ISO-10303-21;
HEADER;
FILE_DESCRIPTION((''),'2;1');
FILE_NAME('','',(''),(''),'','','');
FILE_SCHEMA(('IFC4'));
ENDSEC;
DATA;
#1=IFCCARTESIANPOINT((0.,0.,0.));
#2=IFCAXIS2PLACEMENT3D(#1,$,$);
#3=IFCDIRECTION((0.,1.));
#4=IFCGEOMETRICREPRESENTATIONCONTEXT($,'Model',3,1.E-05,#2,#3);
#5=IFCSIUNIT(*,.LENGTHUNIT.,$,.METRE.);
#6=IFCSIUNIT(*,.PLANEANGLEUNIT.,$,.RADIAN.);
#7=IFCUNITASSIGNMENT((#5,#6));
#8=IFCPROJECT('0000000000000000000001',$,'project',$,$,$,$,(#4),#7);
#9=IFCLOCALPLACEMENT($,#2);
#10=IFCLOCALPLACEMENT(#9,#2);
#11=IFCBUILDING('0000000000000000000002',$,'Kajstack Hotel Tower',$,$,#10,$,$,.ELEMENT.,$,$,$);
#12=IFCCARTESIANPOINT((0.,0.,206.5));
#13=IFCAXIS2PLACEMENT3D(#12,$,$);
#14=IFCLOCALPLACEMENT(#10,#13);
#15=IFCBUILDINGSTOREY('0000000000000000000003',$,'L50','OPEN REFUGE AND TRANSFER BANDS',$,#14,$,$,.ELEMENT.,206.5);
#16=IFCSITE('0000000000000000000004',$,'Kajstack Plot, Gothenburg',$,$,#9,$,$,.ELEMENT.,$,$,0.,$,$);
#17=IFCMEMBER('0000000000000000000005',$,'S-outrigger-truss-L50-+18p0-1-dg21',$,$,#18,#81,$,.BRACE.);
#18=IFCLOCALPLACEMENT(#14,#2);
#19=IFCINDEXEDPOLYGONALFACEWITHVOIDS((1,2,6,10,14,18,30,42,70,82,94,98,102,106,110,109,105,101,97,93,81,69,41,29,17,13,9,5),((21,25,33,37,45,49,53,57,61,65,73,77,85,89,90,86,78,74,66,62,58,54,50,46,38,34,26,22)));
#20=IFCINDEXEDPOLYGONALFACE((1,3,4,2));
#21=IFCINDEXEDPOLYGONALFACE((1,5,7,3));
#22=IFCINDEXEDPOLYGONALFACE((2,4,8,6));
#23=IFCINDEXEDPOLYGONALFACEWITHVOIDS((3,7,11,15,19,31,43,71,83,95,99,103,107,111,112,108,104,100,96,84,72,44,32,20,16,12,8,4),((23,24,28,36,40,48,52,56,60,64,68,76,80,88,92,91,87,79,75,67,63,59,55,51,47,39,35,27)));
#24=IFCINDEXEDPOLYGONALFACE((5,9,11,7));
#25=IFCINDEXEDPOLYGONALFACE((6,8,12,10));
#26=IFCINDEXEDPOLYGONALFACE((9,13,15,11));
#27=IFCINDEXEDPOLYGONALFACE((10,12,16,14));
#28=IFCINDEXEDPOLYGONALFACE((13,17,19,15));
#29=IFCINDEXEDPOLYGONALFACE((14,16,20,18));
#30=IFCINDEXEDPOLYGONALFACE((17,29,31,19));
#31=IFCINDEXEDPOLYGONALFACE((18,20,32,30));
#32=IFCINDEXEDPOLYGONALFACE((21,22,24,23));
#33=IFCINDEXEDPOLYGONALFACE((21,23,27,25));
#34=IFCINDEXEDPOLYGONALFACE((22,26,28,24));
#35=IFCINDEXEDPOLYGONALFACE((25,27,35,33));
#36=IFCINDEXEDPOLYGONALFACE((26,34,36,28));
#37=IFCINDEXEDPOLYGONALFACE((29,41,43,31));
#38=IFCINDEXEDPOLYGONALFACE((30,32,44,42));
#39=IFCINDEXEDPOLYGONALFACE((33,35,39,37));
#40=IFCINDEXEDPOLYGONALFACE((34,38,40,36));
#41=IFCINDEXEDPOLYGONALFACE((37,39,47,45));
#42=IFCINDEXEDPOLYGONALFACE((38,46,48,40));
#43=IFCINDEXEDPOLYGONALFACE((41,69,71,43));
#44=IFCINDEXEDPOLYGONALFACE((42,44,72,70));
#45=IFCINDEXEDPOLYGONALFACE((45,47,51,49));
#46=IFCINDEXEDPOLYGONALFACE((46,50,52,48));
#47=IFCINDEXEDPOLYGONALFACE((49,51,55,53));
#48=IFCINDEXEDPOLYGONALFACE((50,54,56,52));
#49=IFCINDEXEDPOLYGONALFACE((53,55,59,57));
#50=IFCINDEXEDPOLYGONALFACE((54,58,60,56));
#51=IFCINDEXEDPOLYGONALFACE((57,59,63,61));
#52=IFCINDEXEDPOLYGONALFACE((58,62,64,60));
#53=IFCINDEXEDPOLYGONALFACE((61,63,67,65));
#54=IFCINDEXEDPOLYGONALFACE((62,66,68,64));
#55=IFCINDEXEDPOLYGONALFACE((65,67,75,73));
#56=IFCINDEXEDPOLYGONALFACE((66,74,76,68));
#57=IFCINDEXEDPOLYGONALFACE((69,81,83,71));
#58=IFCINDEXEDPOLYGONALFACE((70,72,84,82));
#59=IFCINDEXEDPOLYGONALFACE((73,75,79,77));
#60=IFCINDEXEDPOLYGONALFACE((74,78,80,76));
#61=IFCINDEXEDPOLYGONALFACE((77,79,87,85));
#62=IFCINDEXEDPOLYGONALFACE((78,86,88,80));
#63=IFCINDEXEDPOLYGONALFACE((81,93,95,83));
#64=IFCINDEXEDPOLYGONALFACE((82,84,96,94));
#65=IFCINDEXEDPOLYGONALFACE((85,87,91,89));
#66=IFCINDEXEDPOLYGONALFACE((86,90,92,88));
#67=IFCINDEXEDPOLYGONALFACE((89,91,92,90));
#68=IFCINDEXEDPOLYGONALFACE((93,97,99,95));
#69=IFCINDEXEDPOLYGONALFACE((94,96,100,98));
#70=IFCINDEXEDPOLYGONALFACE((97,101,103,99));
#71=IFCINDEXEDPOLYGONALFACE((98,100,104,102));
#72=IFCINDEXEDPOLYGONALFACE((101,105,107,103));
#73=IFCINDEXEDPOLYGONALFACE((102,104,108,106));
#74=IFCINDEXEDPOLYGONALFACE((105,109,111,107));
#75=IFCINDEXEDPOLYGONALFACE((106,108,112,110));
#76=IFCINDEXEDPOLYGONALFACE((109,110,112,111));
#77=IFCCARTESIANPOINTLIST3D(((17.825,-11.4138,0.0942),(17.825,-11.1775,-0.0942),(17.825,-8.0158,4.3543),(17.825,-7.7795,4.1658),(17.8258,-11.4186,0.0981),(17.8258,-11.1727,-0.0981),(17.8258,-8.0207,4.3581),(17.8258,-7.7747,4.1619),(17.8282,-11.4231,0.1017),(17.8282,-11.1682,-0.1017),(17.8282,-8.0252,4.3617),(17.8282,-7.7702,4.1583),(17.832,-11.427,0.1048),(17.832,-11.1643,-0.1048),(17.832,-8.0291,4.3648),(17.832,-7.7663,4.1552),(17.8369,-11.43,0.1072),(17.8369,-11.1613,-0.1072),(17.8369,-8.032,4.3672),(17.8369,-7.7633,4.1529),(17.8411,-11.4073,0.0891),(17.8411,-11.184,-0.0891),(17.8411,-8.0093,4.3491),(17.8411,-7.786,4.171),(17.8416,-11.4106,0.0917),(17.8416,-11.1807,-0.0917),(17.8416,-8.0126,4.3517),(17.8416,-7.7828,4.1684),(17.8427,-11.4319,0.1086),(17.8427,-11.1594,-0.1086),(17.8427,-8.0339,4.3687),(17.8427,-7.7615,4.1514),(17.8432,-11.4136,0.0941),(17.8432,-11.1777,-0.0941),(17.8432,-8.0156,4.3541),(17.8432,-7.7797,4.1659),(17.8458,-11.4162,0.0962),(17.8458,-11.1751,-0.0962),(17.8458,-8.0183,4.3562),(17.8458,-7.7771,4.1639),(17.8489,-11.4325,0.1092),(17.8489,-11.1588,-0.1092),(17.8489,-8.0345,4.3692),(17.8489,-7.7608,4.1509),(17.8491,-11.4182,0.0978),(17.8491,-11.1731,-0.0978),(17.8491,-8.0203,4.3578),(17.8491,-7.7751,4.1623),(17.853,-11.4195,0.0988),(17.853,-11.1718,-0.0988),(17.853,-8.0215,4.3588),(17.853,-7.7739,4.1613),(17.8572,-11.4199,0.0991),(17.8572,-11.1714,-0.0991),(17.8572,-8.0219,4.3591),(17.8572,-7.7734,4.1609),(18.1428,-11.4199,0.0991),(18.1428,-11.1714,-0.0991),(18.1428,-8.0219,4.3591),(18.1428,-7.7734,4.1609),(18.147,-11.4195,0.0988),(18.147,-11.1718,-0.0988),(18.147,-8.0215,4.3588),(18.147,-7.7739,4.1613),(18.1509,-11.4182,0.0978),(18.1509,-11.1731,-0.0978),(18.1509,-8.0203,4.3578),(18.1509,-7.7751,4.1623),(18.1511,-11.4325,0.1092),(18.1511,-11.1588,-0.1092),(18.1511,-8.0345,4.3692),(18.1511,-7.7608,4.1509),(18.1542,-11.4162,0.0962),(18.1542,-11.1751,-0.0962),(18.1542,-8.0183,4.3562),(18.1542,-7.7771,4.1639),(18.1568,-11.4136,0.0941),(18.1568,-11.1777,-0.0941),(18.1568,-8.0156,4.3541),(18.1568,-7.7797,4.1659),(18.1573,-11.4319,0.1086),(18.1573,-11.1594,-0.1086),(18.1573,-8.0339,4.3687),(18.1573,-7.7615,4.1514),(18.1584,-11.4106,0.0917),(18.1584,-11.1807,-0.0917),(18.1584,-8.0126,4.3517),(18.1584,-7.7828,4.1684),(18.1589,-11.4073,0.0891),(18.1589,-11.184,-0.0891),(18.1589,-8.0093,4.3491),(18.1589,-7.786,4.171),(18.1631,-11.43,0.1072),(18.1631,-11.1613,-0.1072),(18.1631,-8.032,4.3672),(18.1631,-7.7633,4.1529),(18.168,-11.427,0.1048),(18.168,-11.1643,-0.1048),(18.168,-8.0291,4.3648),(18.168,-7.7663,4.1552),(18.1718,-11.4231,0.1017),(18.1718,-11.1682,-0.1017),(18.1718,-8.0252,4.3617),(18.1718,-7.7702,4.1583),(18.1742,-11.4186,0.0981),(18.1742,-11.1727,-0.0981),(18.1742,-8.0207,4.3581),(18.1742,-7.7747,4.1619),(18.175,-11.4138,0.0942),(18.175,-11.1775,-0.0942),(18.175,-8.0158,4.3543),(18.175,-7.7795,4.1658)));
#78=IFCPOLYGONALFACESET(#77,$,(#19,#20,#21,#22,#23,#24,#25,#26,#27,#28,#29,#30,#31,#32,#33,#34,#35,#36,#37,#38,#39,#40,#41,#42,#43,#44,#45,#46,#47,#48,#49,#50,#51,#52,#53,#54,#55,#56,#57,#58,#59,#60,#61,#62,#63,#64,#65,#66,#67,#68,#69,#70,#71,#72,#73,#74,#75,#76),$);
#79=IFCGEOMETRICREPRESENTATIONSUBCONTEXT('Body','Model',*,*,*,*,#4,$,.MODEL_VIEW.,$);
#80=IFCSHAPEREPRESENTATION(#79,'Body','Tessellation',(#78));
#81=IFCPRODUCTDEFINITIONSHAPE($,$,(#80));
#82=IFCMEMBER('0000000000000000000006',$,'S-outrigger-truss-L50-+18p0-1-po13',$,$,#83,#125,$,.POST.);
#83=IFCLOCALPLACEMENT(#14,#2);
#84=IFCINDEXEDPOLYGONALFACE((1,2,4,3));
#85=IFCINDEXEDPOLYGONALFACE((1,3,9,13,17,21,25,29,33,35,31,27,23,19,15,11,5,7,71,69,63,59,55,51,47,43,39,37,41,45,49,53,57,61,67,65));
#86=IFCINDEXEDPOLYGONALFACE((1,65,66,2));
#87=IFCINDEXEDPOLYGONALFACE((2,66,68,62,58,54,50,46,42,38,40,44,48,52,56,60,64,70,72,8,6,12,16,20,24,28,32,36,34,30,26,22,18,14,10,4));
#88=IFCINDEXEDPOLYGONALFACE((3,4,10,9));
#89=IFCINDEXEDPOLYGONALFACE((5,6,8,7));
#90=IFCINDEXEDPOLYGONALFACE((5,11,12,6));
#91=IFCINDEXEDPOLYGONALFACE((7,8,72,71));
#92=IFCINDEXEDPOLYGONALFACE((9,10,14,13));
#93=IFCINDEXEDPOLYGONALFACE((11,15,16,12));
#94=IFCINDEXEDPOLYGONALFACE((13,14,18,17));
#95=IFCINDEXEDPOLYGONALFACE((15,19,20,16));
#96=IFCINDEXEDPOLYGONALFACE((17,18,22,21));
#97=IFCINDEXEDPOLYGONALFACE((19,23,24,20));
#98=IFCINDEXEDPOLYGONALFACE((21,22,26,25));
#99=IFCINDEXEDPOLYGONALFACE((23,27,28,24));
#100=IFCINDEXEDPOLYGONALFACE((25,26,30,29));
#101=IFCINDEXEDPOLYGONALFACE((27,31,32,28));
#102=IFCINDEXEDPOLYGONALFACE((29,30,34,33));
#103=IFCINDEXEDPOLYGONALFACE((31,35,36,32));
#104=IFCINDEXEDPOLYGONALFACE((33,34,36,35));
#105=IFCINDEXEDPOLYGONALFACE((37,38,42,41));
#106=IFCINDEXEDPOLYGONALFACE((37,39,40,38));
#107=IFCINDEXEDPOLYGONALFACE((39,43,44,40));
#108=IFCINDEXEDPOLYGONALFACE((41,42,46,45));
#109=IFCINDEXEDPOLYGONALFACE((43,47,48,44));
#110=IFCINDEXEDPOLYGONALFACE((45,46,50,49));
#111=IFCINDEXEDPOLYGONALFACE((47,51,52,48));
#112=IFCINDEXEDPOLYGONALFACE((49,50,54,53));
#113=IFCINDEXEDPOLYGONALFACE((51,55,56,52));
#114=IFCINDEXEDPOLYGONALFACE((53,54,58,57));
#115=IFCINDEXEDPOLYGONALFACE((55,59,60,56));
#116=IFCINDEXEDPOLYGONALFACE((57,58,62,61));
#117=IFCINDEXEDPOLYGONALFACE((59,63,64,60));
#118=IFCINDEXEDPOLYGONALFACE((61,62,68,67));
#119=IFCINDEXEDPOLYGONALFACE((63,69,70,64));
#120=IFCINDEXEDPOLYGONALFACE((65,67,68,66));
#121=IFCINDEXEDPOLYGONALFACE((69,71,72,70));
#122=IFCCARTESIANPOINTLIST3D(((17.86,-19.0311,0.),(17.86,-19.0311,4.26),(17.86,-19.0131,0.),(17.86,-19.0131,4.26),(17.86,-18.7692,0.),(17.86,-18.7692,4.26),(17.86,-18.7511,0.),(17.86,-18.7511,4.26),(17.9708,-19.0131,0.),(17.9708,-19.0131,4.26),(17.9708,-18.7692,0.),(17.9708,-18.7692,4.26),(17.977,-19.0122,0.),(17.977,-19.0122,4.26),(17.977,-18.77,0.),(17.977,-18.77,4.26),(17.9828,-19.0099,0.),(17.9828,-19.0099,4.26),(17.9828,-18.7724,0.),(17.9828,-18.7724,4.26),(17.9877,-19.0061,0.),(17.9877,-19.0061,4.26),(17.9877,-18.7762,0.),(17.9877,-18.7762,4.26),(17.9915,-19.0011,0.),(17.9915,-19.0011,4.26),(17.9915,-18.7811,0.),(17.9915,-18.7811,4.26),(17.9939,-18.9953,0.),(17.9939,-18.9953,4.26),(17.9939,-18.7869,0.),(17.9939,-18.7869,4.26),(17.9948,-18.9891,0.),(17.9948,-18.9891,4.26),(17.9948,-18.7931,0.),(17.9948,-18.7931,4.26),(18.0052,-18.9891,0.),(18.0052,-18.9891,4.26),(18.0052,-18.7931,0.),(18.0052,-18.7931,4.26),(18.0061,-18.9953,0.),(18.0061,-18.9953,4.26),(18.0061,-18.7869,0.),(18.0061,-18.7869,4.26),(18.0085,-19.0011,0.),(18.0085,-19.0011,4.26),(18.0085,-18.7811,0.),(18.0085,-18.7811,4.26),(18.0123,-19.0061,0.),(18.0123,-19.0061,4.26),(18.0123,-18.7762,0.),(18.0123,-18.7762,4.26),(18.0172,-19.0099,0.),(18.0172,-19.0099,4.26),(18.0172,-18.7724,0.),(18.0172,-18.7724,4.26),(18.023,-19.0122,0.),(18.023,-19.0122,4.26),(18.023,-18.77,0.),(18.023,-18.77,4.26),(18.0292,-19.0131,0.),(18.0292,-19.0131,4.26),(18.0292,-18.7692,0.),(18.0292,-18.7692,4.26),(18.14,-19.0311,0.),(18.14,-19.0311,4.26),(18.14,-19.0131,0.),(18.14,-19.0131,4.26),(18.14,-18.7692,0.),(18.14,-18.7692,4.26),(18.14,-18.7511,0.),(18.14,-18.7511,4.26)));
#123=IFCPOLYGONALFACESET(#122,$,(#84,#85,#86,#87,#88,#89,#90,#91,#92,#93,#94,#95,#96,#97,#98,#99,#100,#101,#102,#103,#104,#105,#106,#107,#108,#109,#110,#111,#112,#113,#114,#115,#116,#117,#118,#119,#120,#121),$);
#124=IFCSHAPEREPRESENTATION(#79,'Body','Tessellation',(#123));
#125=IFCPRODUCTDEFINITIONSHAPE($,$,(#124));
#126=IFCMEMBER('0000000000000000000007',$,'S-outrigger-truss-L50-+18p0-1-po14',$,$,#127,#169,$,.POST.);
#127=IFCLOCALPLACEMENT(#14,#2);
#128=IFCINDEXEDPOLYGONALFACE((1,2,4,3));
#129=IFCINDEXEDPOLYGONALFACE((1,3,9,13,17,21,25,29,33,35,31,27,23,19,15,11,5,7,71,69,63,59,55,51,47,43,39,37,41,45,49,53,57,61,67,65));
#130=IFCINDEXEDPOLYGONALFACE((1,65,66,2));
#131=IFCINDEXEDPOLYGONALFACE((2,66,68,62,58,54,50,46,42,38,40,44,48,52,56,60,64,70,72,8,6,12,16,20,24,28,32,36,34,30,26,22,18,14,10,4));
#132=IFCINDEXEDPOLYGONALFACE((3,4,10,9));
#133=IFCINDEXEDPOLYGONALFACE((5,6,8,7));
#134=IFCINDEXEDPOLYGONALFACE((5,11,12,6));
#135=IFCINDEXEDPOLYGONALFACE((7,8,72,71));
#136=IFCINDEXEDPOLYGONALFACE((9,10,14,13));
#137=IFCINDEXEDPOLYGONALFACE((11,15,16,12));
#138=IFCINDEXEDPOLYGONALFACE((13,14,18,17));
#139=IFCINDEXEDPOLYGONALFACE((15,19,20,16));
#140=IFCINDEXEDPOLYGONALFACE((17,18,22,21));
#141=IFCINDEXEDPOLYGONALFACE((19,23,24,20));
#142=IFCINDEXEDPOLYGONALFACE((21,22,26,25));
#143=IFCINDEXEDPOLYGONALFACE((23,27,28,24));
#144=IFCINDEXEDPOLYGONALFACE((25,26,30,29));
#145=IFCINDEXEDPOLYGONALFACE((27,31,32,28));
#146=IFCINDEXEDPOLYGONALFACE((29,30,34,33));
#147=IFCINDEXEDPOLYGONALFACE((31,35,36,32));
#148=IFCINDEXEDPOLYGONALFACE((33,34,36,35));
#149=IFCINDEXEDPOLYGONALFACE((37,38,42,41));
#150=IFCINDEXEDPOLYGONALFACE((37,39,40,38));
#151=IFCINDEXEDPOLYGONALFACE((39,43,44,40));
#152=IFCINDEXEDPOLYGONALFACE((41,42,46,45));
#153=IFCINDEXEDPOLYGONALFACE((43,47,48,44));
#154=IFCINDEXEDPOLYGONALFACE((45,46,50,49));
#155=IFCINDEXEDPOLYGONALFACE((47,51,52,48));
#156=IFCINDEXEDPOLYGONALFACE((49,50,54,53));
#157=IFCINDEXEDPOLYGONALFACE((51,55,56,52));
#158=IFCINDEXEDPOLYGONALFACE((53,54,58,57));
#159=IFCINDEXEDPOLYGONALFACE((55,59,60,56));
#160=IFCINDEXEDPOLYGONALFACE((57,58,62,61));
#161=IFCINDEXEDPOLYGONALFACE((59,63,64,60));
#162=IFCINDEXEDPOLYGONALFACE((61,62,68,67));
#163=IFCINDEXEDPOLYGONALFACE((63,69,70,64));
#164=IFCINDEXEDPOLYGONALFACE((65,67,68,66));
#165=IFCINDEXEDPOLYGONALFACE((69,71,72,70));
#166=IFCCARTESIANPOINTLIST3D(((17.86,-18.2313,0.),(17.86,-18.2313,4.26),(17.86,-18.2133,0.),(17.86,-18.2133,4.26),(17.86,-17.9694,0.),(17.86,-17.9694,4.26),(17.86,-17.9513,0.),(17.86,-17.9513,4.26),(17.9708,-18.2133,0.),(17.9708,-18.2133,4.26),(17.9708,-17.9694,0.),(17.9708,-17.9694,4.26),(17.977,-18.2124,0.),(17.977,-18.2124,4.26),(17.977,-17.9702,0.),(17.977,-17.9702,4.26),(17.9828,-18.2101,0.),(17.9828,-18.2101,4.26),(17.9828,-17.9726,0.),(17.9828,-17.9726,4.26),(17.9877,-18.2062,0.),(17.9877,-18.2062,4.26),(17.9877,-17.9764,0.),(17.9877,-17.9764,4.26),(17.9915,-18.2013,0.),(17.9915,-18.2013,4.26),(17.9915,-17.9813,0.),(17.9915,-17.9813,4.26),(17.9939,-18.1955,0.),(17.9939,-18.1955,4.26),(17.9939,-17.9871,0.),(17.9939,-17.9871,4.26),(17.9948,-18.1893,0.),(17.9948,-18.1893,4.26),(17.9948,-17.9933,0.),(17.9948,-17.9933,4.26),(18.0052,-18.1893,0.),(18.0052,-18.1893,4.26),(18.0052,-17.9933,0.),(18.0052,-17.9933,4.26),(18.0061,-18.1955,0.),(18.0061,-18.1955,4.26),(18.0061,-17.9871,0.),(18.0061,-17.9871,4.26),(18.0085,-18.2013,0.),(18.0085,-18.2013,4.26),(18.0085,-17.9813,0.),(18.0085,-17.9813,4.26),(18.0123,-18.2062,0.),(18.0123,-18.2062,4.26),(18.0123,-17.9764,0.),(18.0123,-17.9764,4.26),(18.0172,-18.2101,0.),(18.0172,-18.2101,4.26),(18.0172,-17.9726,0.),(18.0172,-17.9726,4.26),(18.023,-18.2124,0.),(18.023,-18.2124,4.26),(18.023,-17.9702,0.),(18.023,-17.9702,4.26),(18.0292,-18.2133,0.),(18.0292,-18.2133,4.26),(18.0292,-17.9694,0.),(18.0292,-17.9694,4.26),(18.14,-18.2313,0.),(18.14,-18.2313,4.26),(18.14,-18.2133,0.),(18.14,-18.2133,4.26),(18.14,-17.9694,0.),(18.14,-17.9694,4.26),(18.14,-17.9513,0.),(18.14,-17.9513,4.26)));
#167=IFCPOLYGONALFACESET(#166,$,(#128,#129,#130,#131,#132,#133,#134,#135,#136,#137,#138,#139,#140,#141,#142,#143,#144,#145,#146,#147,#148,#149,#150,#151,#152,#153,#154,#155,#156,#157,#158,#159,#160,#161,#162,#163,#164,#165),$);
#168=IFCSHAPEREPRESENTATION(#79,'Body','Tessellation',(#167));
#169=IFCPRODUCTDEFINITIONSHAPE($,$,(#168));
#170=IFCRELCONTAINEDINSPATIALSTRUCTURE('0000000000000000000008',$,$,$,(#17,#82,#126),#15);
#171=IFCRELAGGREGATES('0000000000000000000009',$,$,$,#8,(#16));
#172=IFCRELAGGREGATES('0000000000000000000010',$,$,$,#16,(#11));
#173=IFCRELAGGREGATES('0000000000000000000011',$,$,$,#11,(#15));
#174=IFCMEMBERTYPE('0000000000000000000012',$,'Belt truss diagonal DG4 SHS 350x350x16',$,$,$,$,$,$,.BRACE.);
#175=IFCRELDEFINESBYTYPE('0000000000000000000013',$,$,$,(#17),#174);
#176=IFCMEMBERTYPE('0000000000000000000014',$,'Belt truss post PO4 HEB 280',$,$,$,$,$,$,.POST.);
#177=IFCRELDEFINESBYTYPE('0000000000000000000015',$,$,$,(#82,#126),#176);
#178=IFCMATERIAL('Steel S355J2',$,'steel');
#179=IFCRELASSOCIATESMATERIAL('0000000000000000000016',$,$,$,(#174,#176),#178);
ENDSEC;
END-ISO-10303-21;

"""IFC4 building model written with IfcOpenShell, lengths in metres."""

from ifc_helpers import new_model, si_unit, direction, frame, origin, origin_2d, place, context, subcontext, project, spatial, hollow_rectangle, i_section, extrude, material, material_profile, profile_set, type_object, element, save


model = new_model("IFC4")

# Units and contexts
model_context = context("Model", 3, precision=1e-05, world=origin(), true_north=direction((0.0, 1.0)))
body_context = subcontext(model_context, "Body", "Model", "MODEL_VIEW")
ifc_project = project(units=[si_unit("LENGTHUNIT", "METRE"), si_unit("PLANEANGLEUNIT", "RADIAN")], contexts=[model_context])

# Site, building, storey
site_placement = place(None, origin())
site = spatial("IfcSite", under=ifc_project, at=site_placement, Name="Kajstack Plot, Gothenburg", CompositionType="ELEMENT", RefElevation=0.0)
building_placement = place(site_placement, origin())
building = spatial("IfcBuilding", under=site, at=building_placement, Name="Kajstack Hotel Tower", CompositionType="ELEMENT")
storey_placement = place(building_placement, frame((0.0, 0.0, 206.5)))
storey = spatial("IfcBuildingStorey", under=building, at=storey_placement, Name="L50", Description="OPEN REFUGE AND TRANSFER BANDS", CompositionType="ELEMENT", Elevation=206.5)

# Members
ifc_material = material(Name="Steel S355J2", Category="steel")
ifc_material_profile_1 = material_profile(ifc_material, hollow_rectangle(XDim=0.3501, YDim=0.3501, WallThickness=0.0161, InnerFilletRadius=0.0161, OuterFilletRadius=0.0239, at=origin_2d()), Name="SHS 350x350x16")
ifc_profile_set_1 = profile_set([ifc_material_profile_1], Name="Steel S355J2")
member_type_1 = type_object("IfcMemberType", Name="Belt truss diagonal DG4 SHS 350x350x16", PredefinedType="BRACE", material=ifc_profile_set_1)
member_1_placement = place(storey_placement, frame((18.0, -11.2957, 0.0), z_axis=(0.0, 0.623569, 0.781768), x_axis=(-1.0, 0.0, 0.0)))
element("IfcMember", 1, at=member_1_placement, inside=storey, type_object=member_type_1, Name="S-outrigger-truss-L50-+18p0-1-dg21", PredefinedType="BRACE", context=body_context, shape_type="SweptSolid", body=[
    extrude(hollow_rectangle(XDim=0.3501, YDim=0.3501, WallThickness=0.0161, InnerFilletRadius=0.0161, OuterFilletRadius=0.0239, at=origin_2d()), origin(), (0.0, 0.0, 1.0), 5.4492),
])
ifc_material_profile_2 = material_profile(ifc_material, i_section(OverallWidth=0.28, OverallDepth=0.28, WebThickness=0.0105, FlangeThickness=0.0181, FilletRadius=0.0239, at=origin_2d()), Name="HEB 280")
ifc_profile_set_2 = profile_set([ifc_material_profile_2], Name="Steel S355J2")
member_type_2 = type_object("IfcMemberType", Name="Belt truss post PO4 HEB 280", PredefinedType="POST", material=ifc_profile_set_2)
for number, where, z_axis, x_axis, name in (
    (2, (18.0, -18.8911, 0.0), (0.0, 0.0, 1.0), (1.0, 0.0, 0.0), "S-outrigger-truss-L50-+18p0-1-po13"),
    (3, (18.0, -18.0913, 0.0), (0.0, 0.0, 1.0), (1.0, 0.0, 0.0), "S-outrigger-truss-L50-+18p0-1-po14"),
):
    element("IfcMember", number, at=place(storey_placement, frame(where, z_axis=z_axis, x_axis=x_axis)), inside=storey, type_object=member_type_2, Name=name, PredefinedType="POST", context=body_context, shape_type="SweptSolid", body=[
        extrude(i_section(OverallWidth=0.28, OverallDepth=0.28, WebThickness=0.0105, FlangeThickness=0.0181, FilletRadius=0.0239, at=origin_2d()), origin(), (0.0, 0.0, 1.0), 4.26),
    ])

save(model, "model.ifc")
